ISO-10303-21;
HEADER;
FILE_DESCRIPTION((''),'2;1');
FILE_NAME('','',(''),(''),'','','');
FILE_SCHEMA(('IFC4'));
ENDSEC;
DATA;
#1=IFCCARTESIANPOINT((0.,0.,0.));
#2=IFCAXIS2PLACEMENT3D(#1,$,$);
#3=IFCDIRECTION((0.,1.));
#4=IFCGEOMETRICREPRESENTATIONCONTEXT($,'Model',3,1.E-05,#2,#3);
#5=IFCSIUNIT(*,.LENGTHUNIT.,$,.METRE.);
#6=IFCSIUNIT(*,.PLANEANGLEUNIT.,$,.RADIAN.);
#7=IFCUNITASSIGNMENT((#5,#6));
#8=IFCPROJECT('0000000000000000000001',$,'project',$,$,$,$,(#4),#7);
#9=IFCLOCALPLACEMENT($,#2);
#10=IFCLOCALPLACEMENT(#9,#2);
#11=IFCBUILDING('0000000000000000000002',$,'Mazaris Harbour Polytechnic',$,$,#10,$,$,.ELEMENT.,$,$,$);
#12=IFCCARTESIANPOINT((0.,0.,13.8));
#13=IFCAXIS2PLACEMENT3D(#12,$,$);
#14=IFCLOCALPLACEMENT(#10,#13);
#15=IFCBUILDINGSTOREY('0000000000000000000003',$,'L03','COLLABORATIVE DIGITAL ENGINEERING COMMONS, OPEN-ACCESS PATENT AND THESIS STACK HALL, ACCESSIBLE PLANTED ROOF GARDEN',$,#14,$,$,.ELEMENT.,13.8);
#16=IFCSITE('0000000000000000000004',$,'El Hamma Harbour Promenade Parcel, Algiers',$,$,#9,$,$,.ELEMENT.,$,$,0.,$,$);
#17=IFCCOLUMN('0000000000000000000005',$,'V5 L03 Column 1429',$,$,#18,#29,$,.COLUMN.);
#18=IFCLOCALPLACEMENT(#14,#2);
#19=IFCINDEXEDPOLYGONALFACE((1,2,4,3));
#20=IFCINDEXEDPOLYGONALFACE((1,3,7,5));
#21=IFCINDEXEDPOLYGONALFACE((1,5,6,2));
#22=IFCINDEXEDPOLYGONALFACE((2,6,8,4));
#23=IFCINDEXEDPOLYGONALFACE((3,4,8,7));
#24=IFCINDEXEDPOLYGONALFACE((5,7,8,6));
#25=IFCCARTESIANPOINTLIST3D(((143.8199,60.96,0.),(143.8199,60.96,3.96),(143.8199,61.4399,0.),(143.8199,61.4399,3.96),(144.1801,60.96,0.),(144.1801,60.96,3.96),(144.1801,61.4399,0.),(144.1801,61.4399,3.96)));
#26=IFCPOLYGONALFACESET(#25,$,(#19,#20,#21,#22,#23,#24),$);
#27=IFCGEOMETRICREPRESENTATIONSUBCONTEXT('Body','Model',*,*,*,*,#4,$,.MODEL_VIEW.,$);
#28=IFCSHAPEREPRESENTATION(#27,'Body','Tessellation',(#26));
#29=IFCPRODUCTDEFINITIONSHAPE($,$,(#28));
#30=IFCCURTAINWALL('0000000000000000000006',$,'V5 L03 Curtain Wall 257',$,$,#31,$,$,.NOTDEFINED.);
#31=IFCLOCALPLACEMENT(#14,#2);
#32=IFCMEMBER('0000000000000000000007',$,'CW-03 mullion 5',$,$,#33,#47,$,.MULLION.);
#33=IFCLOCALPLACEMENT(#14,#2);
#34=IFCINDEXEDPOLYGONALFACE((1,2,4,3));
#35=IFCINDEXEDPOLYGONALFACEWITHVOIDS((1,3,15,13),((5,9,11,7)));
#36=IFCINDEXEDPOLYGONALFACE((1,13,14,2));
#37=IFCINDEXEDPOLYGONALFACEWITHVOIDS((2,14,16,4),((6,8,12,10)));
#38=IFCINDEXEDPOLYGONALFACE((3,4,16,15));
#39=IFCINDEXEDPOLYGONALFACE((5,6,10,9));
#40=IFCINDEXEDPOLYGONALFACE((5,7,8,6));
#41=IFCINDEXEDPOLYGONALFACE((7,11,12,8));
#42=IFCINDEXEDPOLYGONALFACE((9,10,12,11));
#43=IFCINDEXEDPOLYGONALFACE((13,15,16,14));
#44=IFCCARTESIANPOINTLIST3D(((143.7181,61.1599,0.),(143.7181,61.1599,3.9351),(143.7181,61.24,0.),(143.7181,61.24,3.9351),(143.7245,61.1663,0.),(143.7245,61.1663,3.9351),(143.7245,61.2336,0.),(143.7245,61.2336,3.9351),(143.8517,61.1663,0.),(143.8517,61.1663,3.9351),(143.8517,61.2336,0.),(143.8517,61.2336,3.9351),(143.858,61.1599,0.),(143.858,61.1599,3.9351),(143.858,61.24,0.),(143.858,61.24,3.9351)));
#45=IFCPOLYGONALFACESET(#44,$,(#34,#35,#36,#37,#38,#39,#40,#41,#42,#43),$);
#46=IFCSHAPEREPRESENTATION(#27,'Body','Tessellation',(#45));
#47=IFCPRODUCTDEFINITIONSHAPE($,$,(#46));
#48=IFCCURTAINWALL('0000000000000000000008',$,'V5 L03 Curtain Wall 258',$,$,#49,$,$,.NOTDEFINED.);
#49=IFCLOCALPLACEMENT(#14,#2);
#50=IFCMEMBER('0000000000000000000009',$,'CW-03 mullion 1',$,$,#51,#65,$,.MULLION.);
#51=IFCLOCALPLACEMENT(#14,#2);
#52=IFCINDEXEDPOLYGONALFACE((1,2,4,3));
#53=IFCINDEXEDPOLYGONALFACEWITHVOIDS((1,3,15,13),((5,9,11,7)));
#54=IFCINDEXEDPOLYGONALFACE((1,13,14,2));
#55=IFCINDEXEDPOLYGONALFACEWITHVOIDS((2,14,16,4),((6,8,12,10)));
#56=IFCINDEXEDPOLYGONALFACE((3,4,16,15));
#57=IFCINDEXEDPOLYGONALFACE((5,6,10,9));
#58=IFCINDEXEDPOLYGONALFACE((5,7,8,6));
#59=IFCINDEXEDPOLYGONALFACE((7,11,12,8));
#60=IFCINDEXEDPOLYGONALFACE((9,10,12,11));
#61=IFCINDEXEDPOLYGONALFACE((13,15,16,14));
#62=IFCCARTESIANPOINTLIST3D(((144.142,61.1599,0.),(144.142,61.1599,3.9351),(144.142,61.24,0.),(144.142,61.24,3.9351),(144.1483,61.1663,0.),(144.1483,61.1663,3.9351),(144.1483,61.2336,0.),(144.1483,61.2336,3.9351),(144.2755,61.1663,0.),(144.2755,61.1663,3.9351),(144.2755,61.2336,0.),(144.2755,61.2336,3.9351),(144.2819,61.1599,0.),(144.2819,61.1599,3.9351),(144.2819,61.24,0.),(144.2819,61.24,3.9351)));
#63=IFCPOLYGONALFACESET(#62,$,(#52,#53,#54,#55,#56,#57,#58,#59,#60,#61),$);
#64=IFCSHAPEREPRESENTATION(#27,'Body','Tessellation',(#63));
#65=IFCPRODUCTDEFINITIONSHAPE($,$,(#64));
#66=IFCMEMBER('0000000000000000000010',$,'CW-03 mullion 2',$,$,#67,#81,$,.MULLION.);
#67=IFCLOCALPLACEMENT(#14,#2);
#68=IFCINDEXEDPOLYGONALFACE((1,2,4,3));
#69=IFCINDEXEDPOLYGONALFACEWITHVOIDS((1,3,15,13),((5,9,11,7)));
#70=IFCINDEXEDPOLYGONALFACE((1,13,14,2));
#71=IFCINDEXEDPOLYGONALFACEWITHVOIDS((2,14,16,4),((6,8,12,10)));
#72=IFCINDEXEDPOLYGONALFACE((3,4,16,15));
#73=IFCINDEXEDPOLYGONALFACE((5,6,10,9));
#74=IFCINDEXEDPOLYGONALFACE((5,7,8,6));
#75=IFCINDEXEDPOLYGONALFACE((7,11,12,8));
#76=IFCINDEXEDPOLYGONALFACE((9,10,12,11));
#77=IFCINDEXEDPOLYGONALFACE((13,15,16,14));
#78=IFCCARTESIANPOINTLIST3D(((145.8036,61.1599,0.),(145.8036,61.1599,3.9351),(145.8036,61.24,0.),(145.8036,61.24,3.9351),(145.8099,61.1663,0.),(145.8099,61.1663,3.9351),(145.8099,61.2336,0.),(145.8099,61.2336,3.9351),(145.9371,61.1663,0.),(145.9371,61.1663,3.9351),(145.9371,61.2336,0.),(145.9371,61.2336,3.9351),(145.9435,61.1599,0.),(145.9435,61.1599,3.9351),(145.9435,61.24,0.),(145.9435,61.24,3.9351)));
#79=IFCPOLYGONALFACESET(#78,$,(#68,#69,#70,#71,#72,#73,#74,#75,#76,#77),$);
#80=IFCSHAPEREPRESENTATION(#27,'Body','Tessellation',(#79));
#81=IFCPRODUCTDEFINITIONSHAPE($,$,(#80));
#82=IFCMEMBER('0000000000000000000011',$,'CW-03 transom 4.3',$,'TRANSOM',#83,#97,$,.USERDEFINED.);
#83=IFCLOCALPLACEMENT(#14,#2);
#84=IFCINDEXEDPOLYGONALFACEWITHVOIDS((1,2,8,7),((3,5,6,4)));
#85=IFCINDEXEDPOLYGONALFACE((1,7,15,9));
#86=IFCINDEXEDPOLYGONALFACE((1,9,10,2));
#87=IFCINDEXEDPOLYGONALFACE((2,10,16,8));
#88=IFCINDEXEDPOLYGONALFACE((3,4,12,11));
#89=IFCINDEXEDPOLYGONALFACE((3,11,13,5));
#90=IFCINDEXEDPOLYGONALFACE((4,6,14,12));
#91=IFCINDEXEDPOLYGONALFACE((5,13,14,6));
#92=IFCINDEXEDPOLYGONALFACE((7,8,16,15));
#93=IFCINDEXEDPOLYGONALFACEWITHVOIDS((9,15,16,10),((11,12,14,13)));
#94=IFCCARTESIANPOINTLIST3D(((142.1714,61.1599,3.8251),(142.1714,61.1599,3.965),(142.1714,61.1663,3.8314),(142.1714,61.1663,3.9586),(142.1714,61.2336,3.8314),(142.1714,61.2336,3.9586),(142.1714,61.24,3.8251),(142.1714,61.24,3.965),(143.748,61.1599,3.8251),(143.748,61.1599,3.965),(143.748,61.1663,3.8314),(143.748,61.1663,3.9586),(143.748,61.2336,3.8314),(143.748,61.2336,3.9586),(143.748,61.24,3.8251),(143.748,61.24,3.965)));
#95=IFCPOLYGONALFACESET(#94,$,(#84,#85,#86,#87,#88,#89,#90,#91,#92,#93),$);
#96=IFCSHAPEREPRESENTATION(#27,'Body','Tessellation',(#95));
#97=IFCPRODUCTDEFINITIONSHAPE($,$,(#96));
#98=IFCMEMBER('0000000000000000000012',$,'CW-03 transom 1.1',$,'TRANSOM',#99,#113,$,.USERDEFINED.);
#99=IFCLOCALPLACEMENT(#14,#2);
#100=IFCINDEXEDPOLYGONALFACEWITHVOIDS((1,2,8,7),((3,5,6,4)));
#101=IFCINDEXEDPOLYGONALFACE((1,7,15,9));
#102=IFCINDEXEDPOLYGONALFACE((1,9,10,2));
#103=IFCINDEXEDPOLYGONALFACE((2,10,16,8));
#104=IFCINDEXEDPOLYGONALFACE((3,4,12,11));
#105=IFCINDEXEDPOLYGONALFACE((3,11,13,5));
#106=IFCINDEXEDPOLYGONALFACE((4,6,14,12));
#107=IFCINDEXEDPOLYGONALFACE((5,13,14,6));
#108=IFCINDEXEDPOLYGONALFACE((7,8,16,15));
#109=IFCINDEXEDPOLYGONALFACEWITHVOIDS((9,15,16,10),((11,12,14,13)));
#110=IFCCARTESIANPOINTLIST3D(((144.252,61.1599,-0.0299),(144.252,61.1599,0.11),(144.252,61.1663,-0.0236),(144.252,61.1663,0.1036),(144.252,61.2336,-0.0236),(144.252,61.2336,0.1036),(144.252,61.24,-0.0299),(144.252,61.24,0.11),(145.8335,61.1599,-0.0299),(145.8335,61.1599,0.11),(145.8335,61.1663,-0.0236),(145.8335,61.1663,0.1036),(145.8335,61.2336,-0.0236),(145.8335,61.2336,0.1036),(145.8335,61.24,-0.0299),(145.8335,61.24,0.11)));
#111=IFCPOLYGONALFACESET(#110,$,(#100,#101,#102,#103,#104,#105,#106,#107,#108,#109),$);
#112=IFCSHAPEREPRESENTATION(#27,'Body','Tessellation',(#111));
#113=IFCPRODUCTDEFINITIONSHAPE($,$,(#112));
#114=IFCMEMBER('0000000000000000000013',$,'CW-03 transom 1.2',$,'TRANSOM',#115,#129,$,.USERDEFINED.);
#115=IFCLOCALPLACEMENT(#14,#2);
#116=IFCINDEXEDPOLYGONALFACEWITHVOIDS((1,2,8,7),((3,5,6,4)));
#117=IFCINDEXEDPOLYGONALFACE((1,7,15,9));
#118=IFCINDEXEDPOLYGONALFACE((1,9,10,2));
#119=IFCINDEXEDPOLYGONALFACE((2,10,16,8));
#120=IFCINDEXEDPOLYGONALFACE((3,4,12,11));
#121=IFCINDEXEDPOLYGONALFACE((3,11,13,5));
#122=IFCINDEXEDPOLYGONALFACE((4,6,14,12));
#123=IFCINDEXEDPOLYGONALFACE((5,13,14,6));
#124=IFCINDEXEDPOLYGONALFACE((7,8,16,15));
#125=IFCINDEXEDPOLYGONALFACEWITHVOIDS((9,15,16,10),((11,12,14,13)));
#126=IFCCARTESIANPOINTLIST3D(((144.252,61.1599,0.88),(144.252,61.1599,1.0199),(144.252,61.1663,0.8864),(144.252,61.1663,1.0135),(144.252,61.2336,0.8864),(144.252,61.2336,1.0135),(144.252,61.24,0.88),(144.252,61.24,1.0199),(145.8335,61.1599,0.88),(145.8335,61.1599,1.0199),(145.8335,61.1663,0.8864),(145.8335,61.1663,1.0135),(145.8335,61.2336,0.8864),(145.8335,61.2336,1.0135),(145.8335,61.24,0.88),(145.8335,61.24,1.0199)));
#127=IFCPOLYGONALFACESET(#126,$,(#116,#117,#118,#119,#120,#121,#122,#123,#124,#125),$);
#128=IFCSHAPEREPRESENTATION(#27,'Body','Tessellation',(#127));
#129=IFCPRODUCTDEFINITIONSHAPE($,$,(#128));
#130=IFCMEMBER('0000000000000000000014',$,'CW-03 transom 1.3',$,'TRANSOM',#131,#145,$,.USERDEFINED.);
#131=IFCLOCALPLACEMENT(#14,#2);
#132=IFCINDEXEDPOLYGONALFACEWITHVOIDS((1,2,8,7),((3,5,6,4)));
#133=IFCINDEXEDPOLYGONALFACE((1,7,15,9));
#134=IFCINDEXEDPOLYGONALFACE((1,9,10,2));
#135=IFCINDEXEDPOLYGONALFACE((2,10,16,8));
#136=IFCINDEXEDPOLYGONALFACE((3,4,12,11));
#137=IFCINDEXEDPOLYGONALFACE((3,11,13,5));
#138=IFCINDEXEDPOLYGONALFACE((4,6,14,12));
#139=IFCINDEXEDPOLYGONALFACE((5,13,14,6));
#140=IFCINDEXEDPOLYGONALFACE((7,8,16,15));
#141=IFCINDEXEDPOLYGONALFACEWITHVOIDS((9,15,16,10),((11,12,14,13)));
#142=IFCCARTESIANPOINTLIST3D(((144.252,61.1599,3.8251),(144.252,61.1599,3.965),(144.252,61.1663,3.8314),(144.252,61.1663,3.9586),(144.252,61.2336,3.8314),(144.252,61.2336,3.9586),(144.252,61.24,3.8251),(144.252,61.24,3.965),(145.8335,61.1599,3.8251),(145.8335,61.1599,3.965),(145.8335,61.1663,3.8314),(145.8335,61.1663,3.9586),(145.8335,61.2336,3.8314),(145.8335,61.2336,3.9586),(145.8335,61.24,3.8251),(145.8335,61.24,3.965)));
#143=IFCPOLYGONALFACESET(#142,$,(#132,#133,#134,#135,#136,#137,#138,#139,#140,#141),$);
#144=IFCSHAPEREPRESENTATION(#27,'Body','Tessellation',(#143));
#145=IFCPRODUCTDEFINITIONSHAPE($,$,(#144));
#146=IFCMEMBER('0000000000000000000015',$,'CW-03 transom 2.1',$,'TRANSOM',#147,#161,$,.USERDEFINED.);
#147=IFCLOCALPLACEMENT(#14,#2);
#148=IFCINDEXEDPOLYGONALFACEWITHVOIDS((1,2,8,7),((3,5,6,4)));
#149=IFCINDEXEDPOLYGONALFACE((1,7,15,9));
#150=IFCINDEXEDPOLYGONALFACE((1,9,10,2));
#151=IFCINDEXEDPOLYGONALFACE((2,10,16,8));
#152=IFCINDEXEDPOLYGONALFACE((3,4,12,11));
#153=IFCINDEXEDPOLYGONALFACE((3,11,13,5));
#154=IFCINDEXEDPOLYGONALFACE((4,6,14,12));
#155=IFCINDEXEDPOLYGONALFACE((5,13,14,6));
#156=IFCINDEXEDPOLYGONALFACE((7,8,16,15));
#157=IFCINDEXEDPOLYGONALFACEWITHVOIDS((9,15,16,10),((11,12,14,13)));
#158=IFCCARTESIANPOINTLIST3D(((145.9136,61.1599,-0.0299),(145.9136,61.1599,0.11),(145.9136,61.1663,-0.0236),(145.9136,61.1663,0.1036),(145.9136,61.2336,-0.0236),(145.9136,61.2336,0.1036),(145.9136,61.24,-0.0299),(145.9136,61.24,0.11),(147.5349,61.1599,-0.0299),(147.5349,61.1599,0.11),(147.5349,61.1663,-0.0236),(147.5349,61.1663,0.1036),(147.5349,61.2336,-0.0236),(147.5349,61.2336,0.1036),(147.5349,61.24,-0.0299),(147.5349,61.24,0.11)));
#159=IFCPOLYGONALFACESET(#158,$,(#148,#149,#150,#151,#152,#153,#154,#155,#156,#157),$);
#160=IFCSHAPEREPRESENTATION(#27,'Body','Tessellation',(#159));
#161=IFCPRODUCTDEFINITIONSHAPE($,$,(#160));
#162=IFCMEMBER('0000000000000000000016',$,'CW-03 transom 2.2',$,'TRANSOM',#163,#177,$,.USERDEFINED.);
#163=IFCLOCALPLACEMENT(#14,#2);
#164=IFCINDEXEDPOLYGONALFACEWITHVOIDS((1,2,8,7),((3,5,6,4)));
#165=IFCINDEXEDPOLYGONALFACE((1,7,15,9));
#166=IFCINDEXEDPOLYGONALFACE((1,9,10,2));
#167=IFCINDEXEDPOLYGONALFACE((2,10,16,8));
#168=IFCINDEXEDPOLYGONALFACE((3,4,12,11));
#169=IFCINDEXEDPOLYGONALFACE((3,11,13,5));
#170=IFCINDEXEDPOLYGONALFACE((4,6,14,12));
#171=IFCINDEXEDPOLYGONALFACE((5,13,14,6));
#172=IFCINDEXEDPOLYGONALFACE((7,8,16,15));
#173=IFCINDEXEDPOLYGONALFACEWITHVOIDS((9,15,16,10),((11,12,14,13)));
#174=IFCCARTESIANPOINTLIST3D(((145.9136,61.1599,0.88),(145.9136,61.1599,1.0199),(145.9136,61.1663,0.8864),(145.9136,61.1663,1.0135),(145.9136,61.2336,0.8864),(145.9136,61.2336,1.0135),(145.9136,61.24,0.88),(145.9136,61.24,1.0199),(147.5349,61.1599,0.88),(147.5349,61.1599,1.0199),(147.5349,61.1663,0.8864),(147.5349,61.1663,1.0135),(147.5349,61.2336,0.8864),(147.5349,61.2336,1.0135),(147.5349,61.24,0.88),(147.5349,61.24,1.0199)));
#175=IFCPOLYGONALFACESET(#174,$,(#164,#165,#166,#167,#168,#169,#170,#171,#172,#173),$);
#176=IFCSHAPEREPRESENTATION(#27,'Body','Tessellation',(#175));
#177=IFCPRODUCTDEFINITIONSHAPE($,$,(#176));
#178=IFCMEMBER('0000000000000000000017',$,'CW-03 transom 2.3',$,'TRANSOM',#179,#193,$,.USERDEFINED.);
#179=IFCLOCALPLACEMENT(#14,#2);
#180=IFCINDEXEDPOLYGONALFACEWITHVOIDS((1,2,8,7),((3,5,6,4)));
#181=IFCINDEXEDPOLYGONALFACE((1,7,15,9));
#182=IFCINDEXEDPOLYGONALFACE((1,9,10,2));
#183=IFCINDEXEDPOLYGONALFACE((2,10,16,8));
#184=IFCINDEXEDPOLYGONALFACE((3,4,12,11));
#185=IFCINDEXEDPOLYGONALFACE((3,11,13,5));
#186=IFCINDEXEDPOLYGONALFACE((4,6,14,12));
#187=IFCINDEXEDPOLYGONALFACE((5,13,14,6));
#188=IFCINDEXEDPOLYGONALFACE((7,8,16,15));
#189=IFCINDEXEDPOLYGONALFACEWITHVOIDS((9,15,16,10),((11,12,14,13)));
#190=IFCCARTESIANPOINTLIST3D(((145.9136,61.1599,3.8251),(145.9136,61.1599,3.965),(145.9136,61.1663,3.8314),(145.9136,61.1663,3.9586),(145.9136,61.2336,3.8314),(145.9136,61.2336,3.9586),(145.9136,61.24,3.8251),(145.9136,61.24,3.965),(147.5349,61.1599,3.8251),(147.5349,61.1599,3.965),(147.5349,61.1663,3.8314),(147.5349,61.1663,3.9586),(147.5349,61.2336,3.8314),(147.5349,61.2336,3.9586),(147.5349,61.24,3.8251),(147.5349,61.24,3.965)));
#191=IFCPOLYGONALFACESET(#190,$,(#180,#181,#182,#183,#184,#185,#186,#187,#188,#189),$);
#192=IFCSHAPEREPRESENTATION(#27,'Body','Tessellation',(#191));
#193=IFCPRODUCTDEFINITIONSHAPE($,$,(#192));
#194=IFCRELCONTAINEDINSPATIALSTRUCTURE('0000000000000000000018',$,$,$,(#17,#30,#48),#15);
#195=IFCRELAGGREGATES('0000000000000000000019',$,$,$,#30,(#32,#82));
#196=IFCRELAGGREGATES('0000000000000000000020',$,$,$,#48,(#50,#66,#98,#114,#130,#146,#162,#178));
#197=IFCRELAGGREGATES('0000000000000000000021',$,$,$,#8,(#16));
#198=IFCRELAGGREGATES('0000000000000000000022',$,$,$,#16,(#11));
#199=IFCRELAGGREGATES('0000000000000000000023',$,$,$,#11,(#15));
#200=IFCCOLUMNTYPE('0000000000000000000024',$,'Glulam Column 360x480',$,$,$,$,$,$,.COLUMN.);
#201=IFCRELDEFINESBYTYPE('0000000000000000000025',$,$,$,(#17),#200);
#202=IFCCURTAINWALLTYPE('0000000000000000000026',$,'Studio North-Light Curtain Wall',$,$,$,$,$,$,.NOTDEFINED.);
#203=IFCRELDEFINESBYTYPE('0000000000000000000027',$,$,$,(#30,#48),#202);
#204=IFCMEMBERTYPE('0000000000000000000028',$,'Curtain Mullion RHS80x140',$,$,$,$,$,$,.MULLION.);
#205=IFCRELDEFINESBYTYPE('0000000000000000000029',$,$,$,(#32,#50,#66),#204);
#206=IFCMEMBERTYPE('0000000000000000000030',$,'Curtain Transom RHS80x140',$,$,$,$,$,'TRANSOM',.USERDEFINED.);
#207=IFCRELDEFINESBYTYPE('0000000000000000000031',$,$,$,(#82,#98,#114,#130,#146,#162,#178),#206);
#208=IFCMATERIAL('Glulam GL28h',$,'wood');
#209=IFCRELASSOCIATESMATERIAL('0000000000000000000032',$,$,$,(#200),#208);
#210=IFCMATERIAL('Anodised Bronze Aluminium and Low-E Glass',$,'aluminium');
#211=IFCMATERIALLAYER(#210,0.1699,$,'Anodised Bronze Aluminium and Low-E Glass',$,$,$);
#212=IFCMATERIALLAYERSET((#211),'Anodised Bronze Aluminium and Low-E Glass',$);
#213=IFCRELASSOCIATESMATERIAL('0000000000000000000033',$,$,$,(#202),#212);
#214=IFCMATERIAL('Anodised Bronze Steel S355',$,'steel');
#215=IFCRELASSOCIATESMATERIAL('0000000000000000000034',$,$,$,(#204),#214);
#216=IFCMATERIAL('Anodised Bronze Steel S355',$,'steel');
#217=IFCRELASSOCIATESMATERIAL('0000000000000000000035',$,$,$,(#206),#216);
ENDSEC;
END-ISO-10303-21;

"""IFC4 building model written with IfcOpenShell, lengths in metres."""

from ifc_helpers import new_model, si_unit, direction, frame, origin, origin_2d, place, context, subcontext, project, spatial, rectangle, hollow_rectangle, extrude, material, layer, layer_set, material_profile, profile_set, type_object, element, aggregate, save


model = new_model("IFC4")

# Units and contexts
model_context = context("Model", 3, precision=1e-05, world=origin(), true_north=direction((0.0, 1.0)))
body_context = subcontext(model_context, "Body", "Model", "MODEL_VIEW")
ifc_project = project(units=[si_unit("LENGTHUNIT", "METRE"), si_unit("PLANEANGLEUNIT", "RADIAN")], contexts=[model_context])

# Site, building, storey
site_placement = place(None, origin())
site = spatial("IfcSite", under=ifc_project, at=site_placement, Name="El Hamma Harbour Promenade Parcel, Algiers", CompositionType="ELEMENT", RefElevation=0.0)
building_placement = place(site_placement, origin())
building = spatial("IfcBuilding", under=site, at=building_placement, Name="Mazaris Harbour Polytechnic", CompositionType="ELEMENT")
storey_placement = place(building_placement, frame((0.0, 0.0, 13.8)))
storey = spatial("IfcBuildingStorey", under=building, at=storey_placement, Name="L03", Description="COLLABORATIVE DIGITAL ENGINEERING COMMONS, OPEN-ACCESS PATENT AND THESIS STACK HALL, ACCESSIBLE PLANTED ROOF GARDEN", CompositionType="ELEMENT", Elevation=13.8)

# Column
ifc_material_1 = material(Name="Glulam GL28h", Category="wood")
ifc_material_profile_1 = material_profile(ifc_material_1, rectangle(XDim=0.3601, YDim=0.48, at=origin_2d()), Name="RECT360x480")
ifc_profile_set_1 = profile_set([ifc_material_profile_1], Name="Glulam GL28h")
column_type = type_object("IfcColumnType", Name="Glulam Column 360x480", PredefinedType="COLUMN", material=ifc_profile_set_1)
column_placement = place(storey_placement, frame((144.0, 61.2, 0.0), z_axis=(0.0, 0.0, 1.0), x_axis=(1.0, 0.0, 0.0)))
element("IfcColumn", 1, at=column_placement, inside=storey, type_object=column_type, Name="V5 L03 Column 1429", PredefinedType="COLUMN", context=body_context, shape_type="SweptSolid", body=[
    extrude(rectangle(XDim=0.3601, YDim=0.48, at=origin_2d()), origin(), (0.0, 0.0, 1.0), 3.96),
])

# Curtain wall, member
ifc_material_2 = material(Name="Anodised Bronze Aluminium and Low-E Glass", Category="aluminium")
ifc_layer_1 = layer(ifc_material_2, 0.1699, Name="Anodised Bronze Aluminium and Low-E Glass")
ifc_layer_set_1 = layer_set([ifc_layer_1], Name="Anodised Bronze Aluminium and Low-E Glass")
curtain_wall_type = type_object("IfcCurtainWallType", Name="Studio North-Light Curtain Wall", PredefinedType="NOTDEFINED", material=ifc_layer_set_1)
curtain_wall_1_placement = place(storey_placement, origin())
curtain_wall_1 = element("IfcCurtainWall", 2, at=curtain_wall_1_placement, inside=storey, type_object=curtain_wall_type, Name="V5 L03 Curtain Wall 257", PredefinedType="NOTDEFINED")
ifc_material_3 = material(Name="Anodised Bronze Steel S355", Category="steel")
ifc_material_profile_2 = material_profile(ifc_material_3, hollow_rectangle(XDim=0.0801, YDim=0.1399, WallThickness=0.0063, at=origin_2d()), Name="RHS 80x140x6.3")
ifc_profile_set_2 = profile_set([ifc_material_profile_2], Name="Anodised Bronze Steel S355")
member_type_1 = type_object("IfcMemberType", Name="Curtain Mullion RHS80x140", PredefinedType="MULLION", material=ifc_profile_set_2)
member_1_placement = place(storey_placement, frame((143.7881, 61.2, 0.0), z_axis=(0.0, 0.0, 1.0), x_axis=(0.0, 1.0, 0.0)))
member_1 = element("IfcMember", 3, at=member_1_placement, type_object=member_type_1, Name="CW-03 mullion 5", PredefinedType="MULLION", context=body_context, shape_type="SweptSolid", body=[
    extrude(hollow_rectangle(XDim=0.0801, YDim=0.1399, WallThickness=0.0063, at=origin_2d()), origin(), (0.0, 0.0, 1.0), 3.9351),
])

# Curtain wall, members
curtain_wall_2_placement = place(storey_placement, origin())
curtain_wall_2 = element("IfcCurtainWall", 4, at=curtain_wall_2_placement, inside=storey, type_object=curtain_wall_type, Name="V5 L03 Curtain Wall 258", PredefinedType="NOTDEFINED")
member_2_placement = place(storey_placement, frame((144.2119, 61.2, 0.0), z_axis=(0.0, 0.0, 1.0), x_axis=(0.0, 1.0, 0.0)))
member_2 = element("IfcMember", 5, at=member_2_placement, type_object=member_type_1, Name="CW-03 mullion 1", PredefinedType="MULLION", context=body_context, shape_type="SweptSolid", body=[
    extrude(hollow_rectangle(XDim=0.0801, YDim=0.1399, WallThickness=0.0063, at=origin_2d()), origin(), (0.0, 0.0, 1.0), 3.9351),
])
member_3_placement = place(storey_placement, frame((145.8735, 61.2, 0.0), z_axis=(0.0, 0.0, 1.0), x_axis=(0.0, 1.0, 0.0)))
member_3 = element("IfcMember", 6, at=member_3_placement, type_object=member_type_1, Name="CW-03 mullion 2", PredefinedType="MULLION", context=body_context, shape_type="SweptSolid", body=[
    extrude(hollow_rectangle(XDim=0.0801, YDim=0.1399, WallThickness=0.0063, at=origin_2d()), origin(), (0.0, 0.0, 1.0), 3.9351),
])

# Members
ifc_material_4 = material(Name="Anodised Bronze Steel S355", Category="steel")
ifc_material_profile_3 = material_profile(ifc_material_4, hollow_rectangle(XDim=0.0801, YDim=0.1399, WallThickness=0.0063, at=origin_2d()), Name="RHS 80x140x6.3")
ifc_profile_set_3 = profile_set([ifc_material_profile_3], Name="Anodised Bronze Steel S355")
member_type_2 = type_object("IfcMemberType", Name="Curtain Transom RHS80x140", ElementType="TRANSOM", PredefinedType="USERDEFINED", material=ifc_profile_set_3)
member_4_placement = place(storey_placement, frame((142.1714, 61.2, 3.895), z_axis=(1.0, 0.0, 0.0), x_axis=(0.0, 1.0, 0.0)))
member_4 = element("IfcMember", 7, at=member_4_placement, type_object=member_type_2, Name="CW-03 transom 4.3", ObjectType="TRANSOM", PredefinedType="USERDEFINED", context=body_context, shape_type="SweptSolid", body=[
    extrude(hollow_rectangle(XDim=0.0801, YDim=0.1399, WallThickness=0.0063, at=origin_2d()), origin(), (0.0, 0.0, 1.0), 1.5767),
])
member_5_placement = place(storey_placement, frame((144.252, 61.2, 0.04), z_axis=(1.0, 0.0, 0.0), x_axis=(0.0, 1.0, 0.0)))
member_5 = element("IfcMember", 8, at=member_5_placement, type_object=member_type_2, Name="CW-03 transom 1.1", ObjectType="TRANSOM", PredefinedType="USERDEFINED", context=body_context, shape_type="SweptSolid", body=[
    extrude(hollow_rectangle(XDim=0.0801, YDim=0.1399, WallThickness=0.0063, at=origin_2d()), origin(), (0.0, 0.0, 1.0), 1.5815),
])
member_6_placement = place(storey_placement, frame((144.252, 61.2, 0.95), z_axis=(1.0, 0.0, 0.0), x_axis=(0.0, 1.0, 0.0)))
member_6 = element("IfcMember", 9, at=member_6_placement, type_object=member_type_2, Name="CW-03 transom 1.2", ObjectType="TRANSOM", PredefinedType="USERDEFINED", context=body_context, shape_type="SweptSolid", body=[
    extrude(hollow_rectangle(XDim=0.0801, YDim=0.1399, WallThickness=0.0063, at=origin_2d()), origin(), (0.0, 0.0, 1.0), 1.5815),
])
member_7_placement = place(storey_placement, frame((144.252, 61.2, 3.895), z_axis=(1.0, 0.0, 0.0), x_axis=(0.0, 1.0, 0.0)))
member_7 = element("IfcMember", 10, at=member_7_placement, type_object=member_type_2, Name="CW-03 transom 1.3", ObjectType="TRANSOM", PredefinedType="USERDEFINED", context=body_context, shape_type="SweptSolid", body=[
    extrude(hollow_rectangle(XDim=0.0801, YDim=0.1399, WallThickness=0.0063, at=origin_2d()), origin(), (0.0, 0.0, 1.0), 1.5815),
])
member_8_placement = place(storey_placement, frame((145.9136, 61.2, 0.04), z_axis=(1.0, 0.0, 0.0), x_axis=(0.0, 1.0, 0.0)))
member_8 = element("IfcMember", 11, at=member_8_placement, type_object=member_type_2, Name="CW-03 transom 2.1", ObjectType="TRANSOM", PredefinedType="USERDEFINED", context=body_context, shape_type="SweptSolid", body=[
    extrude(hollow_rectangle(XDim=0.0801, YDim=0.1399, WallThickness=0.0063, at=origin_2d()), origin(), (0.0, 0.0, 1.0), 1.6213),
])
member_9_placement = place(storey_placement, frame((145.9136, 61.2, 0.95), z_axis=(1.0, 0.0, 0.0), x_axis=(0.0, 1.0, 0.0)))
member_9 = element("IfcMember", 12, at=member_9_placement, type_object=member_type_2, Name="CW-03 transom 2.2", ObjectType="TRANSOM", PredefinedType="USERDEFINED", context=body_context, shape_type="SweptSolid", body=[
    extrude(hollow_rectangle(XDim=0.0801, YDim=0.1399, WallThickness=0.0063, at=origin_2d()), origin(), (0.0, 0.0, 1.0), 1.6213),
])
member_10_placement = place(storey_placement, frame((145.9136, 61.2, 3.895), z_axis=(1.0, 0.0, 0.0), x_axis=(0.0, 1.0, 0.0)))
member_10 = element("IfcMember", 13, at=member_10_placement, type_object=member_type_2, Name="CW-03 transom 2.3", ObjectType="TRANSOM", PredefinedType="USERDEFINED", context=body_context, shape_type="SweptSolid", body=[
    extrude(hollow_rectangle(XDim=0.0801, YDim=0.1399, WallThickness=0.0063, at=origin_2d()), origin(), (0.0, 0.0, 1.0), 1.6213),
])

aggregate(curtain_wall_1, [member_1, member_4])
aggregate(curtain_wall_2, [member_2, member_3, member_5, member_6, member_7, member_8, member_9, member_10])

save(model, "model.ifc")
